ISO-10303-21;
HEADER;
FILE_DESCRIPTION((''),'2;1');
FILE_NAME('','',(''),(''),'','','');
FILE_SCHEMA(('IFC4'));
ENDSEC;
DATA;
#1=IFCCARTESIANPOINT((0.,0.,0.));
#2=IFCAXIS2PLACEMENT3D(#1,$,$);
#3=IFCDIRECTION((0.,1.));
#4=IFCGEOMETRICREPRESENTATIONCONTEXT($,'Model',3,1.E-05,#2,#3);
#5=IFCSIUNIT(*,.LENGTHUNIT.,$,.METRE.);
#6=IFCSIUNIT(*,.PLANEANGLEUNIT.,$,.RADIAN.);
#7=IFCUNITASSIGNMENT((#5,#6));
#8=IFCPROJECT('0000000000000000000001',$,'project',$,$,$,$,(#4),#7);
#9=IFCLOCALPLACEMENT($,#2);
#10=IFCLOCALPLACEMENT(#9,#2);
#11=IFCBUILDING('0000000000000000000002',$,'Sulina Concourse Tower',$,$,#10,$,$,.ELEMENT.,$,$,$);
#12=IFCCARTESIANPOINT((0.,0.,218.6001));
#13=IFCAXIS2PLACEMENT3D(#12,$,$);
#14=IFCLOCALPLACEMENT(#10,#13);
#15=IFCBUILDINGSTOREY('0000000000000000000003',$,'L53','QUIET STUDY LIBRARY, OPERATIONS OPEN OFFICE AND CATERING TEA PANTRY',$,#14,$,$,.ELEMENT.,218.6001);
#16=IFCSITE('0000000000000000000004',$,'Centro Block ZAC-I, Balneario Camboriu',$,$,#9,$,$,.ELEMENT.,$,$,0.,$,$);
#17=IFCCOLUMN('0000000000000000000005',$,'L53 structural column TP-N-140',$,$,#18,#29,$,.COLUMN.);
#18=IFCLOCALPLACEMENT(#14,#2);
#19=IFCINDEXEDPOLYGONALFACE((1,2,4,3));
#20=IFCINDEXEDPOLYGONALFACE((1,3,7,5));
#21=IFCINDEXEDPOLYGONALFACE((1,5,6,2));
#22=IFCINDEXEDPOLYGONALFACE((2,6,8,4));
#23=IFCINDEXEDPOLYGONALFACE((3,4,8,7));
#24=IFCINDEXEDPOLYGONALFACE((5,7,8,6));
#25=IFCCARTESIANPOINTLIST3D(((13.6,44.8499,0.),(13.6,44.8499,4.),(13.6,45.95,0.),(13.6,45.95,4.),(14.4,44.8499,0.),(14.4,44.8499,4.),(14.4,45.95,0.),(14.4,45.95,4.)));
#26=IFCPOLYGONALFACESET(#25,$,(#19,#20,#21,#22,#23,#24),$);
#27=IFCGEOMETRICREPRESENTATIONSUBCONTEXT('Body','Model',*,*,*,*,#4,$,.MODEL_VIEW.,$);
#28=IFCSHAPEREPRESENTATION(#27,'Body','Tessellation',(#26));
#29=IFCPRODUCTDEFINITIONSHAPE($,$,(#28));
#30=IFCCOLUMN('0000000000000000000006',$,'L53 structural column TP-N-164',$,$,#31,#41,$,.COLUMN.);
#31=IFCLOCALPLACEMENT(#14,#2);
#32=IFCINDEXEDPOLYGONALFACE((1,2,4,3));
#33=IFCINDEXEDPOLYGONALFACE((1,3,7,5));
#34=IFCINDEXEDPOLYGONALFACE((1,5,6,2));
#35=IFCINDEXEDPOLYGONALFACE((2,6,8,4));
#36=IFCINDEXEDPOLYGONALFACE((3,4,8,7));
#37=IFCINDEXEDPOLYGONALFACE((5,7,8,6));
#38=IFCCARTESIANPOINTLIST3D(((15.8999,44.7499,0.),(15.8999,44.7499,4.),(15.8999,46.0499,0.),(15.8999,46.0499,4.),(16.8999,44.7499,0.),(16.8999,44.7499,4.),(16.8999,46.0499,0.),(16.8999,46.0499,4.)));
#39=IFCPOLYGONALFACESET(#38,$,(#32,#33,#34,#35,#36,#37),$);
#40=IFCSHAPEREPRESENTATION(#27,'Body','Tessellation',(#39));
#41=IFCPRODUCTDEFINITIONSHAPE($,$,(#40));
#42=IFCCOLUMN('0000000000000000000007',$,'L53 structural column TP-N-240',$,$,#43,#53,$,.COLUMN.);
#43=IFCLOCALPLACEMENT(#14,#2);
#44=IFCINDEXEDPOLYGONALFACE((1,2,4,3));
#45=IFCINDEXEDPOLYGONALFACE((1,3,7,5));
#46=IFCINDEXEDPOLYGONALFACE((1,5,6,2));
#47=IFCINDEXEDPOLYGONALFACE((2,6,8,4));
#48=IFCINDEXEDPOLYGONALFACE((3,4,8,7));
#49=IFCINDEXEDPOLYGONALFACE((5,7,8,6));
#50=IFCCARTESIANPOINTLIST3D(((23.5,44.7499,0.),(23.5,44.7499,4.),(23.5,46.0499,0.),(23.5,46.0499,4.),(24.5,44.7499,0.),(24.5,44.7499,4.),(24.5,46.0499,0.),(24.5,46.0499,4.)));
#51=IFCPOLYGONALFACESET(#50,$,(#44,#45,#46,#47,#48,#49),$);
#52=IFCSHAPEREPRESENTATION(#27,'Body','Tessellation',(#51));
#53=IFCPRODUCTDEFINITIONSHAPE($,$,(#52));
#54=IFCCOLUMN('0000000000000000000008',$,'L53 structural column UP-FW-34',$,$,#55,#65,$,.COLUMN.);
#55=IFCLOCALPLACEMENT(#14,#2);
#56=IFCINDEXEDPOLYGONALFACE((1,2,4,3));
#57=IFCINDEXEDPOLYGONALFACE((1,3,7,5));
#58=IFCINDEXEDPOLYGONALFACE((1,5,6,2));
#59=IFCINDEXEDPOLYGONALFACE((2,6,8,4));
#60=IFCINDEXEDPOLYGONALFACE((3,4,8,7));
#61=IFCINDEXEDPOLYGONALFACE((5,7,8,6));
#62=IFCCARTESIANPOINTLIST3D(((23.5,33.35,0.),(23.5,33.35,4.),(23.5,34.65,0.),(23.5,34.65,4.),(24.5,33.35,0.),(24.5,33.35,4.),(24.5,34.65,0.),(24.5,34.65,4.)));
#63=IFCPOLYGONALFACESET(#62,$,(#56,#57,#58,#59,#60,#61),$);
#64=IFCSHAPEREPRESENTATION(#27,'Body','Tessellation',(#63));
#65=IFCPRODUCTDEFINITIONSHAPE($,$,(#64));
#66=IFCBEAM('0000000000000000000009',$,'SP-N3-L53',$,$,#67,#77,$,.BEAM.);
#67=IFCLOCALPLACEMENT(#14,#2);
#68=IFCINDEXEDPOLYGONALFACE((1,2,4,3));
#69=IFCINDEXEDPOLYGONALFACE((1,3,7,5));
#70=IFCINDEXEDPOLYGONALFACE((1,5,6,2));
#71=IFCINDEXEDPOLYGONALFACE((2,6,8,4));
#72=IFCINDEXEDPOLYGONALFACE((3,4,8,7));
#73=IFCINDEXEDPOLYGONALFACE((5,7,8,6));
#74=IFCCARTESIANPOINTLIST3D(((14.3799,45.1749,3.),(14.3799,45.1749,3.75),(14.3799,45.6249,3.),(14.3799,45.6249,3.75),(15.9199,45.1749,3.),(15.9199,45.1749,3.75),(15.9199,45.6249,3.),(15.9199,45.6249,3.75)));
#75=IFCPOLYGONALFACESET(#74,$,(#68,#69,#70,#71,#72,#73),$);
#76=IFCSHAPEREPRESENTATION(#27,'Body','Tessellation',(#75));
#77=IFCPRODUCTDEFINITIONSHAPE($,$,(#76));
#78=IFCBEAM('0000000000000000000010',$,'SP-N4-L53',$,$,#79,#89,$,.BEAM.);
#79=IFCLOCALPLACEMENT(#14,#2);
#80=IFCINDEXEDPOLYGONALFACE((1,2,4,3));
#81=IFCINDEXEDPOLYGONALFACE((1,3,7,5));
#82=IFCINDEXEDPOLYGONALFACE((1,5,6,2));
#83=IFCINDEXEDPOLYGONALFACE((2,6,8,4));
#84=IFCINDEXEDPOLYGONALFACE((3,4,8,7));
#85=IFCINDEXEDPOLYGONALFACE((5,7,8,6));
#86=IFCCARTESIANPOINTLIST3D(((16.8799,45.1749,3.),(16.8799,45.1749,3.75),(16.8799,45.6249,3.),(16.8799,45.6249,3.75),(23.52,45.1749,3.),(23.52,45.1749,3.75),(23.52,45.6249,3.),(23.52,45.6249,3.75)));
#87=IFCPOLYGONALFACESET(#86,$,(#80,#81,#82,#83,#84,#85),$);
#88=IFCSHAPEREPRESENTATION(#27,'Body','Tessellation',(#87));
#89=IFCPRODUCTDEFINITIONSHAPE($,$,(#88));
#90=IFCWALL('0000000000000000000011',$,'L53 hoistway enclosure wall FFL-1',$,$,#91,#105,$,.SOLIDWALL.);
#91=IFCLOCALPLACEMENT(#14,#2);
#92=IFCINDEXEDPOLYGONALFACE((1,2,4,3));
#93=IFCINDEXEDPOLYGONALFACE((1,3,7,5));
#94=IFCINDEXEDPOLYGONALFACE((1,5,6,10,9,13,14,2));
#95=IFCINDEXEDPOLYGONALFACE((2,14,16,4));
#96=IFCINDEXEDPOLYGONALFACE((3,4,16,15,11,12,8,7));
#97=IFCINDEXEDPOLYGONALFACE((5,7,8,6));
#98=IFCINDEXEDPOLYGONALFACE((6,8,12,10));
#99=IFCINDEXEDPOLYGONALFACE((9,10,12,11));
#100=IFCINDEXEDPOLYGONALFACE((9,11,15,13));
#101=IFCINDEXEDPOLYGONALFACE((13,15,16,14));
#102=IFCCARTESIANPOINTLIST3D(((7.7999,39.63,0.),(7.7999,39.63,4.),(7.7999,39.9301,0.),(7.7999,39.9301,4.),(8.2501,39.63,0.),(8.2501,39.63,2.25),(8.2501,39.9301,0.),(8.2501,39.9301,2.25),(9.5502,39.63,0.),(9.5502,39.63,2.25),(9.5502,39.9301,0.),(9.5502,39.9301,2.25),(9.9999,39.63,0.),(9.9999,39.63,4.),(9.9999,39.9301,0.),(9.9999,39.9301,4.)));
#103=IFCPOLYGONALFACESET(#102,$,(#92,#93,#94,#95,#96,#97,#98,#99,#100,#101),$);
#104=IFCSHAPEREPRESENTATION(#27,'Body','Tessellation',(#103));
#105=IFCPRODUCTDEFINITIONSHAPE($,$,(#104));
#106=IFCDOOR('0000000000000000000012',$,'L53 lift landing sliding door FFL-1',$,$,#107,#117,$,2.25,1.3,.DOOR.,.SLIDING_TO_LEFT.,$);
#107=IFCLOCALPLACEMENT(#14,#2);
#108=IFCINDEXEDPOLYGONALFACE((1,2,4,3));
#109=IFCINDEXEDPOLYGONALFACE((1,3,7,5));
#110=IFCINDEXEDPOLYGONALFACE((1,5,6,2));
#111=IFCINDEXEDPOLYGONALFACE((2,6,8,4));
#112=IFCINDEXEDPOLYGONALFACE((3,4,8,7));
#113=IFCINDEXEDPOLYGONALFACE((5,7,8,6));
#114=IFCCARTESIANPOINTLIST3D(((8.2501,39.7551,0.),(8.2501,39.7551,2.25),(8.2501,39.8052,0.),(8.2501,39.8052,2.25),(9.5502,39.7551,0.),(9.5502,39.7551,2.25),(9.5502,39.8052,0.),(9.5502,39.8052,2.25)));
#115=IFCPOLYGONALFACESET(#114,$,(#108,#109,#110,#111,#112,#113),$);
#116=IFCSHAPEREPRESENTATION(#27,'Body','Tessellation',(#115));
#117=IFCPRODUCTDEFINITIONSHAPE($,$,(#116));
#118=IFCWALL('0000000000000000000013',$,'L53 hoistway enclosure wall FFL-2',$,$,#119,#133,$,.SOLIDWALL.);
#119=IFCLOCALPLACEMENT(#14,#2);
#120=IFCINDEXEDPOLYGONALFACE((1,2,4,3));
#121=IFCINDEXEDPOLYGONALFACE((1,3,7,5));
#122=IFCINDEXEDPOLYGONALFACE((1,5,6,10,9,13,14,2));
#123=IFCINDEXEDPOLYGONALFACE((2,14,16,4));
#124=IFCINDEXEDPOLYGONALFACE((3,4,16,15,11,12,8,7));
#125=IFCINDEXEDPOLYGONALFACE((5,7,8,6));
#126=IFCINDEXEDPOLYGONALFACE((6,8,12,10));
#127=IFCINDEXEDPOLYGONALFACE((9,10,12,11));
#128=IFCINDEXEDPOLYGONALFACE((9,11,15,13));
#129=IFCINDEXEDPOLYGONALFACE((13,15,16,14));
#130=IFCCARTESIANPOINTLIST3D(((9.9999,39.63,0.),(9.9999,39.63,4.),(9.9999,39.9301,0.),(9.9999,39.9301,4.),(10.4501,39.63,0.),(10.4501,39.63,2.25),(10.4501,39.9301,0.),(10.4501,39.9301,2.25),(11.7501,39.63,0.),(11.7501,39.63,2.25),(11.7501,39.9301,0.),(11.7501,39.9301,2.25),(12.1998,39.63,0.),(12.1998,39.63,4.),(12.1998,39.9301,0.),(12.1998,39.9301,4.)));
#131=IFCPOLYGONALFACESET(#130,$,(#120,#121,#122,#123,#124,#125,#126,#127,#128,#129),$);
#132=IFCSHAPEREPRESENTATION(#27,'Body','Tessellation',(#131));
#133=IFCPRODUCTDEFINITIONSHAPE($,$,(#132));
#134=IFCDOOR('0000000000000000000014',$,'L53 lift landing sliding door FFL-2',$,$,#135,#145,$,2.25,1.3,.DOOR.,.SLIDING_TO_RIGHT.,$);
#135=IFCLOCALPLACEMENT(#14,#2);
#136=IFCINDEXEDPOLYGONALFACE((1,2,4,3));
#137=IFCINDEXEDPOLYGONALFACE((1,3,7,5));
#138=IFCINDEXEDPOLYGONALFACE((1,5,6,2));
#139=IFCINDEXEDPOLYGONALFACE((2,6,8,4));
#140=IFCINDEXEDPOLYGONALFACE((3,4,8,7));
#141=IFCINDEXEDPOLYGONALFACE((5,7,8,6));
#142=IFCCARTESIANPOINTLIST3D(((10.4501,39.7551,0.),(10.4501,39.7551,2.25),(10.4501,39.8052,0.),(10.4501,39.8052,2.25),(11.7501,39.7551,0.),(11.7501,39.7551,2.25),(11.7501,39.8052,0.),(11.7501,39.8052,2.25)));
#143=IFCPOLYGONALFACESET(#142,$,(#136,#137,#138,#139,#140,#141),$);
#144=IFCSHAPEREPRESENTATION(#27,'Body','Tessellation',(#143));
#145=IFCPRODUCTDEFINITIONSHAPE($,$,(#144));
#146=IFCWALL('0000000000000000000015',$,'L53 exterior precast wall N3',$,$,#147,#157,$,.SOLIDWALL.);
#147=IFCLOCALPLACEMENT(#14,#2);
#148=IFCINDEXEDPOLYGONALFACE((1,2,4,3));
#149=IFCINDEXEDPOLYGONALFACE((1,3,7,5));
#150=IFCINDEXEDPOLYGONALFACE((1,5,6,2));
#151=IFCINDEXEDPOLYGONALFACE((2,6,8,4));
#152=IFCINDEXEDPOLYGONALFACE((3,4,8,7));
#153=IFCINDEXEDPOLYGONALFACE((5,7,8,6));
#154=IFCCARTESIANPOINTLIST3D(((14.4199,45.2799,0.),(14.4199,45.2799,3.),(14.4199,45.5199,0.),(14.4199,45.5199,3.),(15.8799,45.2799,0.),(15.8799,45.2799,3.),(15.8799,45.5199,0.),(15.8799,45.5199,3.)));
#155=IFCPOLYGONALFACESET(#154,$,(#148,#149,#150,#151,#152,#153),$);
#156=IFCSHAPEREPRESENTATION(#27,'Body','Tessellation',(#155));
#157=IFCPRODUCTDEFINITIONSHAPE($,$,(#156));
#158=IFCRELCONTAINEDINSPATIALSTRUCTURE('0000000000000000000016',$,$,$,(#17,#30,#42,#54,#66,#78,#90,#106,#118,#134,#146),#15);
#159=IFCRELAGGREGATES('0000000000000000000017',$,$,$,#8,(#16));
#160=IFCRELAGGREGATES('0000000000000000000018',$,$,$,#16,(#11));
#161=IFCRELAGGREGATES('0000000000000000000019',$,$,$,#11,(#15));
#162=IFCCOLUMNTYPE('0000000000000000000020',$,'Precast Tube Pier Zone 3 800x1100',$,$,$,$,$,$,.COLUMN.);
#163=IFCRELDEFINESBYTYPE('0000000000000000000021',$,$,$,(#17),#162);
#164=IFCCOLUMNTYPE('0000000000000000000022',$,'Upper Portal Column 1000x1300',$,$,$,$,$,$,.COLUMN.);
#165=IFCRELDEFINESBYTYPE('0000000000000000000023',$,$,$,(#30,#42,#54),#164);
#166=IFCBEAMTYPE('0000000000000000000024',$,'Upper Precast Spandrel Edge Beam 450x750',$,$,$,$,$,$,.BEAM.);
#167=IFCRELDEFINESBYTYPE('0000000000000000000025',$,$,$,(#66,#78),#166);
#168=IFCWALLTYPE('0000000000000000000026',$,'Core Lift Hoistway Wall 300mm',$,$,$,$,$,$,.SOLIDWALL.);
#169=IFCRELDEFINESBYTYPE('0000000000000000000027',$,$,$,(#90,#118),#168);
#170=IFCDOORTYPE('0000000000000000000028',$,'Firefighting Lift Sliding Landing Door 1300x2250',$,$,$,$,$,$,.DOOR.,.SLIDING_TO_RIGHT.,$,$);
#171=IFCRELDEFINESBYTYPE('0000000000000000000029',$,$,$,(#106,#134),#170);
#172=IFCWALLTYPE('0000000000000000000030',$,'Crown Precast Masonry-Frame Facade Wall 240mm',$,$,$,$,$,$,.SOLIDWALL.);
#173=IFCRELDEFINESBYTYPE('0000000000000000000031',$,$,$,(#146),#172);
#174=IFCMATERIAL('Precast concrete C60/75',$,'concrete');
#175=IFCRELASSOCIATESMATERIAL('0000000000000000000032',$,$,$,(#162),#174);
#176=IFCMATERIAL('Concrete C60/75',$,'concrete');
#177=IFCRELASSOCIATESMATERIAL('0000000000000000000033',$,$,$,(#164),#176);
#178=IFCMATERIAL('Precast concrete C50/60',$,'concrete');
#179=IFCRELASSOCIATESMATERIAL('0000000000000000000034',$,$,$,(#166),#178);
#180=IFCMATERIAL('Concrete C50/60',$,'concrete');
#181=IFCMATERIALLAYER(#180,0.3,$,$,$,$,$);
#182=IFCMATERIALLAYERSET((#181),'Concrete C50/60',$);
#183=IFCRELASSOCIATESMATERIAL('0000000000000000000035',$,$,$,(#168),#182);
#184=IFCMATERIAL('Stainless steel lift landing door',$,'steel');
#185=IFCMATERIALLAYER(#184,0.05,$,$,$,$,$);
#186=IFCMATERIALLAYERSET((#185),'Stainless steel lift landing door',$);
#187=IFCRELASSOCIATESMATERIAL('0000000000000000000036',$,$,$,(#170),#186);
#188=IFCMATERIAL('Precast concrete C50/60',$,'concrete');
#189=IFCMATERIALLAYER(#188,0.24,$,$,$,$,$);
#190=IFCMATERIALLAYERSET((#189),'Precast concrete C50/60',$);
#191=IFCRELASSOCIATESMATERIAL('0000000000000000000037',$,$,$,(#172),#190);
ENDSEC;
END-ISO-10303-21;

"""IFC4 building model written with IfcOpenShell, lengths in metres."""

from ifc_helpers import new_model, si_unit, direction, frame, frame_2d, origin, origin_2d, place, context, subcontext, project, spatial, rectangle, extrude, material, layer, layer_set, material_profile, profile_set, type_object, element, fill, save


model = new_model("IFC4")

# Units and contexts
model_context = context("Model", 3, precision=1e-05, world=origin(), true_north=direction((0.0, 1.0)))
body_context = subcontext(model_context, "Body", "Model", "MODEL_VIEW")
ifc_project = project(units=[si_unit("LENGTHUNIT", "METRE"), si_unit("PLANEANGLEUNIT", "RADIAN")], contexts=[model_context])

# Site, building, storey
site_placement = place(None, origin())
site = spatial("IfcSite", under=ifc_project, at=site_placement, Name="Centro Block ZAC-I, Balneario Camboriu", CompositionType="ELEMENT", RefElevation=0.0)
building_placement = place(site_placement, origin())
building = spatial("IfcBuilding", under=site, at=building_placement, Name="Sulina Concourse Tower", CompositionType="ELEMENT")
storey_placement = place(building_placement, frame((0.0, 0.0, 218.6001)))
storey = spatial("IfcBuildingStorey", under=building, at=storey_placement, Name="L53", Description="QUIET STUDY LIBRARY, OPERATIONS OPEN OFFICE AND CATERING TEA PANTRY", CompositionType="ELEMENT", Elevation=218.6001)

# Columns
ifc_material_1 = material(Name="Precast concrete C60/75", Category="concrete")
ifc_material_profile_1 = material_profile(ifc_material_1, rectangle(XDim=0.8, YDim=1.1001, at=origin_2d()), Name="PC 800x1100")
ifc_profile_set_1 = profile_set([ifc_material_profile_1], Name="Precast concrete C60/75")
column_type_1 = type_object("IfcColumnType", Name="Precast Tube Pier Zone 3 800x1100", PredefinedType="COLUMN", material=ifc_profile_set_1)
column_placement = place(storey_placement, frame((14.0, 45.3999, 0.0), z_axis=(0.0, 0.0, 1.0), x_axis=(1.0, 0.0, 0.0)))
element("IfcColumn", 1, at=column_placement, inside=storey, type_object=column_type_1, Name="L53 structural column TP-N-140", PredefinedType="COLUMN", context=body_context, shape_type="SweptSolid", body=[
    extrude(rectangle(XDim=0.8, YDim=1.1001, at=origin_2d()), origin(), (0.0, 0.0, 1.0), 4.0),
])
ifc_material_2 = material(Name="Concrete C60/75", Category="concrete")
ifc_material_profile_2 = material_profile(ifc_material_2, rectangle(XDim=1.0, YDim=1.3, at=origin_2d()), Name="RC 1000x1300")
ifc_profile_set_2 = profile_set([ifc_material_profile_2], Name="Concrete C60/75")
column_type_2 = type_object("IfcColumnType", Name="Upper Portal Column 1000x1300", PredefinedType="COLUMN", material=ifc_profile_set_2)
for number, where, z_axis, x_axis, name in (
    (2, (16.3999, 45.3999, 0.0), (0.0, 0.0, 1.0), (1.0, 0.0, 0.0), "L53 structural column TP-N-164"),
    (3, (24.0, 45.3999, 0.0), (0.0, 0.0, 1.0), (1.0, 0.0, 0.0), "L53 structural column TP-N-240"),
    (4, (24.0, 34.0, 0.0), (0.0, 0.0, 1.0), (1.0, 0.0, 0.0), "L53 structural column UP-FW-34"),
):
    element("IfcColumn", number, at=place(storey_placement, frame(where, z_axis=z_axis, x_axis=x_axis)), inside=storey, type_object=column_type_2, Name=name, PredefinedType="COLUMN", context=body_context, shape_type="SweptSolid", body=[
        extrude(rectangle(XDim=1.0, YDim=1.3, at=origin_2d()), origin(), (0.0, 0.0, 1.0), 4.0),
    ])

# Beams
ifc_material_3 = material(Name="Precast concrete C50/60", Category="concrete")
ifc_material_profile_3 = material_profile(ifc_material_3, rectangle(XDim=0.45, YDim=0.75, at=origin_2d()), Name="RC 450x750")
ifc_profile_set_3 = profile_set([ifc_material_profile_3], Name="Precast concrete C50/60")
beam_type = type_object("IfcBeamType", Name="Upper Precast Spandrel Edge Beam 450x750", PredefinedType="BEAM", material=ifc_profile_set_3)
beam_1_placement = place(storey_placement, frame((14.3799, 45.3999, 3.375), z_axis=(1.0, 0.0, 0.0), x_axis=(0.0, 1.0, 0.0)))
element("IfcBeam", 5, at=beam_1_placement, inside=storey, type_object=beam_type, Name="SP-N3-L53", PredefinedType="BEAM", context=body_context, shape_type="SweptSolid", body=[
    extrude(rectangle(XDim=0.45, YDim=0.75, at=origin_2d()), origin(), (0.0, 0.0, 1.0), 1.54),
])
beam_2_placement = place(storey_placement, frame((16.8799, 45.3999, 3.375), z_axis=(1.0, 0.0, 0.0), x_axis=(0.0, 1.0, 0.0)))
element("IfcBeam", 6, at=beam_2_placement, inside=storey, type_object=beam_type, Name="SP-N4-L53", PredefinedType="BEAM", context=body_context, shape_type="SweptSolid", body=[
    extrude(rectangle(XDim=0.45, YDim=0.75, at=origin_2d()), origin(), (0.0, 0.0, 1.0), 6.6401),
])

# Walls, openings, doors
ifc_material_4 = material(Name="Concrete C50/60", Category="concrete")
ifc_layer_1 = layer(ifc_material_4, 0.3)
ifc_layer_set_1 = layer_set([ifc_layer_1], Name="Concrete C50/60")
wall_type_1 = type_object("IfcWallType", Name="Core Lift Hoistway Wall 300mm", PredefinedType="SOLIDWALL", material=ifc_layer_set_1)
wall_1_placement = place(storey_placement, frame((10.0, 39.78, 0.0), z_axis=(0.0, 0.0, 1.0), x_axis=(-1.0, 0.0, 0.0)))
wall_1 = element("IfcWall", 7, at=wall_1_placement, inside=storey, type_object=wall_type_1, Name="L53 hoistway enclosure wall FFL-1", PredefinedType="SOLIDWALL", context=body_context, shape_type="SweptSolid", body=[
    extrude(rectangle(XDim=2.2, YDim=0.3, at=frame_2d((1.1001, 0.0))), origin(), (0.0, 0.0, 1.0), 4.0),
])
opening_1_placement = place(wall_1_placement, frame((0.45, 0.0, 0.0)))
opening_1 = element("IfcOpeningElement", 8, at=opening_1_placement, cuts=wall_1, PredefinedType="OPENING", context=body_context, shape_type="SweptSolid", body=[
    extrude(rectangle(XDim=1.3, YDim=2.25, at=frame_2d((0.6499, 1.125))), frame((0.0, 0.1599, 0.0), z_axis=(0.0, -1.0, 0.0), x_axis=(1.0, 0.0, 0.0)), (0.0, 0.0, 1.0), 0.3201),
])
ifc_material_5 = material(Name="Stainless steel lift landing door", Category="steel")
ifc_layer_2 = layer(ifc_material_5, 0.05)
ifc_layer_set_2 = layer_set([ifc_layer_2], Name="Stainless steel lift landing door")
door_type_1 = type_object("IfcDoorType", Name="Firefighting Lift Sliding Landing Door 1300x2250", OperationType="SLIDING_TO_RIGHT", PredefinedType="DOOR", material=ifc_layer_set_2)
door_1_placement = place(opening_1_placement, origin())
door_1 = element("IfcDoor", 9, at=door_1_placement, inside=storey, type_object=door_type_1, Name="L53 lift landing sliding door FFL-1", OperationType="SLIDING_TO_LEFT", OverallHeight=2.25, OverallWidth=1.3, PredefinedType="DOOR", context=body_context, shape_type="SweptSolid", body=[
    extrude(rectangle(XDim=1.3, YDim=2.25, at=frame_2d((0.6499, 1.125))), frame((0.0, 0.0249, 0.0), z_axis=(0.0, -1.0, 0.0), x_axis=(1.0, 0.0, 0.0)), (0.0, 0.0, 1.0), 0.05),
])
fill(opening_1, door_1)
wall_2_placement = place(storey_placement, frame((12.2, 39.78, 0.0), z_axis=(0.0, 0.0, 1.0), x_axis=(-1.0, 0.0, 0.0)))
wall_2 = element("IfcWall", 10, at=wall_2_placement, inside=storey, type_object=wall_type_1, Name="L53 hoistway enclosure wall FFL-2", PredefinedType="SOLIDWALL", context=body_context, shape_type="SweptSolid", body=[
    extrude(rectangle(XDim=2.2, YDim=0.3, at=frame_2d((1.1001, 0.0))), origin(), (0.0, 0.0, 1.0), 4.0),
])
opening_2_placement = place(wall_2_placement, frame((0.45, 0.0, 0.0)))
opening_2 = element("IfcOpeningElement", 11, at=opening_2_placement, cuts=wall_2, PredefinedType="OPENING", context=body_context, shape_type="SweptSolid", body=[
    extrude(rectangle(XDim=1.3, YDim=2.25, at=frame_2d((0.6499, 1.125))), frame((0.0, 0.1599, 0.0), z_axis=(0.0, -1.0, 0.0), x_axis=(1.0, 0.0, 0.0)), (0.0, 0.0, 1.0), 0.3201),
])
door_2_placement = place(opening_2_placement, origin())
door_2 = element("IfcDoor", 12, at=door_2_placement, inside=storey, type_object=door_type_1, Name="L53 lift landing sliding door FFL-2", OperationType="SLIDING_TO_RIGHT", OverallHeight=2.25, OverallWidth=1.3, PredefinedType="DOOR", context=body_context, shape_type="SweptSolid", body=[
    extrude(rectangle(XDim=1.3, YDim=2.25, at=frame_2d((0.6499, 1.125))), frame((0.0, 0.0249, 0.0), z_axis=(0.0, -1.0, 0.0), x_axis=(1.0, 0.0, 0.0)), (0.0, 0.0, 1.0), 0.05),
])
fill(opening_2, door_2)

# Wall
ifc_material_6 = material(Name="Precast concrete C50/60", Category="concrete")
ifc_layer_3 = layer(ifc_material_6, 0.24)
ifc_layer_set_3 = layer_set([ifc_layer_3], Name="Precast concrete C50/60")
wall_type_2 = type_object("IfcWallType", Name="Crown Precast Masonry-Frame Facade Wall 240mm", PredefinedType="SOLIDWALL", material=ifc_layer_set_3)
wall_3_placement = place(storey_placement, frame((14.4199, 45.3999, 0.0), z_axis=(0.0, 0.0, 1.0), x_axis=(1.0, 0.0, 0.0)))
element("IfcWall", 13, at=wall_3_placement, inside=storey, type_object=wall_type_2, Name="L53 exterior precast wall N3", PredefinedType="SOLIDWALL", context=body_context, shape_type="SweptSolid", body=[
    extrude(rectangle(XDim=1.46, YDim=0.24, at=frame_2d((0.73, 0.0))), origin(), (0.0, 0.0, 1.0), 3.0),
])

save(model, "model.ifc")
